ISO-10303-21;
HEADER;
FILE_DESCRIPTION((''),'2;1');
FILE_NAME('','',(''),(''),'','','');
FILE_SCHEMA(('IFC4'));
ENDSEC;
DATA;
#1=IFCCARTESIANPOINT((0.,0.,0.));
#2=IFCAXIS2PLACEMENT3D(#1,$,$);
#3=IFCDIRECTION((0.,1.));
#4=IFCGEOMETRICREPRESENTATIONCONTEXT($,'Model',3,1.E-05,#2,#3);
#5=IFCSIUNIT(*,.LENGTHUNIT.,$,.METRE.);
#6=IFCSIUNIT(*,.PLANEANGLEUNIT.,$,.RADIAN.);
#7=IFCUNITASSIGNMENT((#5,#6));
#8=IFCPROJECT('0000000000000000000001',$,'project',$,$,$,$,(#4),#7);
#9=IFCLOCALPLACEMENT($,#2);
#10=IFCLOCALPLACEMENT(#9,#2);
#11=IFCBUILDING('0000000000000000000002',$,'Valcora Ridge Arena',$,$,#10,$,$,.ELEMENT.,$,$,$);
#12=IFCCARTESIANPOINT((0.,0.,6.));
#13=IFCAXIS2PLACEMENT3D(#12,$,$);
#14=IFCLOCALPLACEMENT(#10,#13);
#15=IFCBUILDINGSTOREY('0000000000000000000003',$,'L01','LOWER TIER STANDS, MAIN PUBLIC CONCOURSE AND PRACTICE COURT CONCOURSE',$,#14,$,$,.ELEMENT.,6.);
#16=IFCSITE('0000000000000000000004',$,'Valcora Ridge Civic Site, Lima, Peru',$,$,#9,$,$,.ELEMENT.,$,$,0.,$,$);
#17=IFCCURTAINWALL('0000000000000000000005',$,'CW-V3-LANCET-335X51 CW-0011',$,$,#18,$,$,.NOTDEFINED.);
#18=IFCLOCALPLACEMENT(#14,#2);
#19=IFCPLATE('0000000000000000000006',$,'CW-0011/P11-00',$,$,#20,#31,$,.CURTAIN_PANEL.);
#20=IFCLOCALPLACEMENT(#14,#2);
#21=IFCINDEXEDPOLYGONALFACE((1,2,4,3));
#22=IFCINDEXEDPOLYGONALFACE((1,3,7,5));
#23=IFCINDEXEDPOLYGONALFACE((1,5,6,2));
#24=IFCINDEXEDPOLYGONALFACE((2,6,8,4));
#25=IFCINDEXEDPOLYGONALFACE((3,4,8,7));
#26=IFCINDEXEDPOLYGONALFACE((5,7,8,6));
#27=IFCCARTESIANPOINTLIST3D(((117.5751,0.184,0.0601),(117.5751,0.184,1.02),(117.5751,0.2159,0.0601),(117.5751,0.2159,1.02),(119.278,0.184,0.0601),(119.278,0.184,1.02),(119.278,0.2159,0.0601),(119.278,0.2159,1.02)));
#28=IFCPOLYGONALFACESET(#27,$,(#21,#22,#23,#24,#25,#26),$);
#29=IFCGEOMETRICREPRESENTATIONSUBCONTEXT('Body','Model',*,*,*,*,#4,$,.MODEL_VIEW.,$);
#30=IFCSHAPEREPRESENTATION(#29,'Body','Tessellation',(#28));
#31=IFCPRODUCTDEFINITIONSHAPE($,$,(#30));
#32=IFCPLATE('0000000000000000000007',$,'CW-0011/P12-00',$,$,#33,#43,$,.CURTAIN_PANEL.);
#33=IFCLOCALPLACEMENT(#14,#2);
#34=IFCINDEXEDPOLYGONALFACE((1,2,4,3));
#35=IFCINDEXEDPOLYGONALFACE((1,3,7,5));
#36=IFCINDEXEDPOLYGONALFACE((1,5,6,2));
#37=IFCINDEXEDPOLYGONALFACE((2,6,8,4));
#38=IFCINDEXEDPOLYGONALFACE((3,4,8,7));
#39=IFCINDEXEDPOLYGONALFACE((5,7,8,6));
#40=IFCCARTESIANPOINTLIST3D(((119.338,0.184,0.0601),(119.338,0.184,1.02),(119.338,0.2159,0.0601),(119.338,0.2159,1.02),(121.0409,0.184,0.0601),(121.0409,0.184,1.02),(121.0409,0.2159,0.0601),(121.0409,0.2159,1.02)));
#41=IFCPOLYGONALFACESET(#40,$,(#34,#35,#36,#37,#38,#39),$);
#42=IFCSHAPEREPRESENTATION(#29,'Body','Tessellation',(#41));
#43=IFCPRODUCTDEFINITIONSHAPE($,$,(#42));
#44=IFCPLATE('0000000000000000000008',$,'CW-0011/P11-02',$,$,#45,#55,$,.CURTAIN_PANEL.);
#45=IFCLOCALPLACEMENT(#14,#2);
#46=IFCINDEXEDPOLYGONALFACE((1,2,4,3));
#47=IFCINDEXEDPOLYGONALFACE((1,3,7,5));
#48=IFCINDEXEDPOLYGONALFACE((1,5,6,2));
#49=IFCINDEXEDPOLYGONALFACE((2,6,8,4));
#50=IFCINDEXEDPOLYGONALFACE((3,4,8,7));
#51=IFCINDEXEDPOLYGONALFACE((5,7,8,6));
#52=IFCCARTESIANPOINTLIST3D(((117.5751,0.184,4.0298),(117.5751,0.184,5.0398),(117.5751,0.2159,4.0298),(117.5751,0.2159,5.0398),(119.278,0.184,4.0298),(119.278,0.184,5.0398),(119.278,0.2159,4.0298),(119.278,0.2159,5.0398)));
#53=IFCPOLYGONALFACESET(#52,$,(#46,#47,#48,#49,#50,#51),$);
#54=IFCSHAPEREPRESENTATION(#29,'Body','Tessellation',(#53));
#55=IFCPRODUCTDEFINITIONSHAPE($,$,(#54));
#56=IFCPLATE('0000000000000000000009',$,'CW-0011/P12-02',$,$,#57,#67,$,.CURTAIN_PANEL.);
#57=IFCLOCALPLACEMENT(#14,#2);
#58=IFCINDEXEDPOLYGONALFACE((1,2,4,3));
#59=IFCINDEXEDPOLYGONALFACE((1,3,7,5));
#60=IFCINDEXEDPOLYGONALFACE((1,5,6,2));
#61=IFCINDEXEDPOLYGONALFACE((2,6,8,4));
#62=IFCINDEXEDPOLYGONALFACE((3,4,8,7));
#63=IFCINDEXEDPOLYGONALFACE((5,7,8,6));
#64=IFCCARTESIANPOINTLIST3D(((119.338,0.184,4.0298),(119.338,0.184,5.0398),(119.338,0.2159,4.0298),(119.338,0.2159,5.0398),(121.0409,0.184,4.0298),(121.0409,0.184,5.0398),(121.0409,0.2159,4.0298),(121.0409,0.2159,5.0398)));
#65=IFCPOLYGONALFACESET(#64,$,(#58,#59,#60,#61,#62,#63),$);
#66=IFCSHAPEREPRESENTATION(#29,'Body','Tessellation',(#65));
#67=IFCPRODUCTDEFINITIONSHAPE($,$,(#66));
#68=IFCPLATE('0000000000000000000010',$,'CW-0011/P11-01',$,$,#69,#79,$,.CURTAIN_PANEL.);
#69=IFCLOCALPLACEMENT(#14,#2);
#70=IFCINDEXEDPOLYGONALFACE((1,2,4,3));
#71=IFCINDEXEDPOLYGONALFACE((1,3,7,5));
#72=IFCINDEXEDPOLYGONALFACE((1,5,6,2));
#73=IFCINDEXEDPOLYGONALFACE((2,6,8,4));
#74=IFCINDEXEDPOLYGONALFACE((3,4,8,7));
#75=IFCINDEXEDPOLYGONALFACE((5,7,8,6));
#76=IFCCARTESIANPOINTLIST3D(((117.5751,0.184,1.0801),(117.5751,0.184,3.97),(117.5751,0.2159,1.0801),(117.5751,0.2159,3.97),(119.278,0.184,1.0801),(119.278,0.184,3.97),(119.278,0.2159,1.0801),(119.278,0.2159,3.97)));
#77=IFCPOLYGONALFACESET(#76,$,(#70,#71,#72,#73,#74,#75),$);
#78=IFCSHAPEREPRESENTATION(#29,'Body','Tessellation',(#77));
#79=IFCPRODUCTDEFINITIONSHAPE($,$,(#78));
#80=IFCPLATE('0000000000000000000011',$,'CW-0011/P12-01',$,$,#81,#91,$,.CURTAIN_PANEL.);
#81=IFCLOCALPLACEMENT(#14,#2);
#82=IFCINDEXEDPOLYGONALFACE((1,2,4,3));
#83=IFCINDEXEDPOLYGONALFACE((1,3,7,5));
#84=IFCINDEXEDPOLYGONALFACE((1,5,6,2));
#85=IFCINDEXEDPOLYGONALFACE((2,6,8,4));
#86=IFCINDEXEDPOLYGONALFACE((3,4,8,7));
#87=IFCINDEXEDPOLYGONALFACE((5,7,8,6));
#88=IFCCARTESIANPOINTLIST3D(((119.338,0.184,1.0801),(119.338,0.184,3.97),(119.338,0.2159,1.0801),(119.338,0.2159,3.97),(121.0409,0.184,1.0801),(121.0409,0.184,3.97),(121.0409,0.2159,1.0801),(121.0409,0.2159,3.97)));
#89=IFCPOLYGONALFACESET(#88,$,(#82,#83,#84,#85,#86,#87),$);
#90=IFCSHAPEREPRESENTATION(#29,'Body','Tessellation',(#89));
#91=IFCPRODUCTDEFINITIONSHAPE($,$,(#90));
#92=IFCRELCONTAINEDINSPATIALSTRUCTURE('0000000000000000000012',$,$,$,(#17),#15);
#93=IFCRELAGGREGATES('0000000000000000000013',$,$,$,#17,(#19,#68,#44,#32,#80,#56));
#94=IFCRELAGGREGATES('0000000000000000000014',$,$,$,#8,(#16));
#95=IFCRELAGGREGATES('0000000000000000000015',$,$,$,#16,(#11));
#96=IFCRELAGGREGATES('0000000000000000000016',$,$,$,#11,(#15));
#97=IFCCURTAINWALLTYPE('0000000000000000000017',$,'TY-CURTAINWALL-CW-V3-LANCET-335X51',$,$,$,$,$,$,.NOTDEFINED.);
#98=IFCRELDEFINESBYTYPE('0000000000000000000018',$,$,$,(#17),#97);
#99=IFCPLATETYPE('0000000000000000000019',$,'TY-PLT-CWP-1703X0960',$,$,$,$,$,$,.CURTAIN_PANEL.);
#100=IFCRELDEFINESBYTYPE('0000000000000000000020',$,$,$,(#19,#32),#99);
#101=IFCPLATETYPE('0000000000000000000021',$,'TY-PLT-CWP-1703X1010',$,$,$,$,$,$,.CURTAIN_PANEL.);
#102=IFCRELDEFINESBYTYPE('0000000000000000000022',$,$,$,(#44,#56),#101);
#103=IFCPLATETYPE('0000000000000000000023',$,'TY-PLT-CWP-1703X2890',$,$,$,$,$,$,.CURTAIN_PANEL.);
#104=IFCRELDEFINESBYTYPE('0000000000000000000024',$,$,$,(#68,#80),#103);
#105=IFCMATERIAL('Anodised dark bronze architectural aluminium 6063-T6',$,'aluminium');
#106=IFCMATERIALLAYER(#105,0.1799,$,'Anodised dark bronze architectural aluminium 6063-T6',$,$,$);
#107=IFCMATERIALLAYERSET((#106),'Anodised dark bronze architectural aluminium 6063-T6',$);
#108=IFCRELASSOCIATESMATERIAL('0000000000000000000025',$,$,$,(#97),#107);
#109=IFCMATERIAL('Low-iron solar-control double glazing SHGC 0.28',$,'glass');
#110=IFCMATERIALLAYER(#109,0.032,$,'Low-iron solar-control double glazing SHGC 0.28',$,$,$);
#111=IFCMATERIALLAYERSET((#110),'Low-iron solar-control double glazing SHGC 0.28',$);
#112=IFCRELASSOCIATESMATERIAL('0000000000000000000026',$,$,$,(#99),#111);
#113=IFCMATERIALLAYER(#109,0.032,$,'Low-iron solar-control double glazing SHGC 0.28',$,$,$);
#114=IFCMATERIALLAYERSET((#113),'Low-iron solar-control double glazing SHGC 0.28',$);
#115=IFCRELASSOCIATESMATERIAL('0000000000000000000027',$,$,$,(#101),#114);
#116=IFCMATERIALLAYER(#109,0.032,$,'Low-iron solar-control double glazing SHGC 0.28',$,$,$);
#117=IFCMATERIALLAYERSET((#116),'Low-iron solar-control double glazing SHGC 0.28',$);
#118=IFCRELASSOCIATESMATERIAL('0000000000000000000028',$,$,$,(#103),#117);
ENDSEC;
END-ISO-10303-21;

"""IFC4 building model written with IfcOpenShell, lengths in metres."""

from ifc_helpers import new_model, si_unit, direction, frame, origin, origin_2d, place, context, subcontext, project, spatial, rectangle, extrude, material, layer, layer_set, type_object, element, aggregate, save


model = new_model("IFC4")

# Units and contexts
model_context = context("Model", 3, precision=1e-05, world=origin(), true_north=direction((0.0, 1.0)))
body_context = subcontext(model_context, "Body", "Model", "MODEL_VIEW")
ifc_project = project(units=[si_unit("LENGTHUNIT", "METRE"), si_unit("PLANEANGLEUNIT", "RADIAN")], contexts=[model_context])

# Site, building, storey
site_placement = place(None, origin())
site = spatial("IfcSite", under=ifc_project, at=site_placement, Name="Valcora Ridge Civic Site, Lima, Peru", CompositionType="ELEMENT", RefElevation=0.0)
building_placement = place(site_placement, origin())
building = spatial("IfcBuilding", under=site, at=building_placement, Name="Valcora Ridge Arena", CompositionType="ELEMENT")
storey_placement = place(building_placement, frame((0.0, 0.0, 6.0)))
storey = spatial("IfcBuildingStorey", under=building, at=storey_placement, Name="L01", Description="LOWER TIER STANDS, MAIN PUBLIC CONCOURSE AND PRACTICE COURT CONCOURSE", CompositionType="ELEMENT", Elevation=6.0)

# Curtain wall, plates
ifc_material_1 = material(Name="Anodised dark bronze architectural aluminium 6063-T6", Category="aluminium")
ifc_layer_1 = layer(ifc_material_1, 0.1799, Name="Anodised dark bronze architectural aluminium 6063-T6")
ifc_layer_set_1 = layer_set([ifc_layer_1], Name="Anodised dark bronze architectural aluminium 6063-T6")
curtain_wall_type = type_object("IfcCurtainWallType", Name="TY-CURTAINWALL-CW-V3-LANCET-335X51", PredefinedType="NOTDEFINED", material=ifc_layer_set_1)
curtain_wall_placement = place(storey_placement, origin())
curtain_wall = element("IfcCurtainWall", 1, at=curtain_wall_placement, inside=storey, type_object=curtain_wall_type, Name="CW-V3-LANCET-335X51 CW-0011", PredefinedType="NOTDEFINED")
ifc_material_2 = material(Name="Low-iron solar-control double glazing SHGC 0.28", Category="glass")
ifc_layer_2 = layer(ifc_material_2, 0.032, Name="Low-iron solar-control double glazing SHGC 0.28")
ifc_layer_set_2 = layer_set([ifc_layer_2], Name="Low-iron solar-control double glazing SHGC 0.28")
plate_type_1 = type_object("IfcPlateType", Name="TY-PLT-CWP-1703X0960", PredefinedType="CURTAIN_PANEL", material=ifc_layer_set_2)
plate_1_placement = place(storey_placement, frame((118.4265, 0.2, 0.0601), z_axis=(0.0, 0.0, 1.0), x_axis=(1.0, 0.0, 0.0)))
plate_1 = element("IfcPlate", 2, at=plate_1_placement, type_object=plate_type_1, Name="CW-0011/P11-00", PredefinedType="CURTAIN_PANEL", context=body_context, shape_type="SweptSolid", body=[
    extrude(rectangle(XDim=1.7029, YDim=0.032, at=origin_2d()), origin(), (0.0, 0.0, 1.0), 0.96),
])
plate_2_placement = place(storey_placement, frame((120.1895, 0.2, 0.0601), z_axis=(0.0, 0.0, 1.0), x_axis=(1.0, 0.0, 0.0)))
plate_2 = element("IfcPlate", 3, at=plate_2_placement, type_object=plate_type_1, Name="CW-0011/P12-00", PredefinedType="CURTAIN_PANEL", context=body_context, shape_type="SweptSolid", body=[
    extrude(rectangle(XDim=1.7029, YDim=0.032, at=origin_2d()), origin(), (0.0, 0.0, 1.0), 0.96),
])
ifc_layer_3 = layer(ifc_material_2, 0.032, Name="Low-iron solar-control double glazing SHGC 0.28")
ifc_layer_set_3 = layer_set([ifc_layer_3], Name="Low-iron solar-control double glazing SHGC 0.28")
plate_type_2 = type_object("IfcPlateType", Name="TY-PLT-CWP-1703X1010", PredefinedType="CURTAIN_PANEL", material=ifc_layer_set_3)
plate_3_placement = place(storey_placement, frame((118.4265, 0.2, 4.0298), z_axis=(0.0, 0.0, 1.0), x_axis=(1.0, 0.0, 0.0)))
plate_3 = element("IfcPlate", 4, at=plate_3_placement, type_object=plate_type_2, Name="CW-0011/P11-02", PredefinedType="CURTAIN_PANEL", context=body_context, shape_type="SweptSolid", body=[
    extrude(rectangle(XDim=1.7029, YDim=0.032, at=origin_2d()), origin(), (0.0, 0.0, 1.0), 1.01),
])
plate_4_placement = place(storey_placement, frame((120.1895, 0.2, 4.0298), z_axis=(0.0, 0.0, 1.0), x_axis=(1.0, 0.0, 0.0)))
plate_4 = element("IfcPlate", 5, at=plate_4_placement, type_object=plate_type_2, Name="CW-0011/P12-02", PredefinedType="CURTAIN_PANEL", context=body_context, shape_type="SweptSolid", body=[
    extrude(rectangle(XDim=1.7029, YDim=0.032, at=origin_2d()), origin(), (0.0, 0.0, 1.0), 1.01),
])
ifc_layer_4 = layer(ifc_material_2, 0.032, Name="Low-iron solar-control double glazing SHGC 0.28")
ifc_layer_set_4 = layer_set([ifc_layer_4], Name="Low-iron solar-control double glazing SHGC 0.28")
plate_type_3 = type_object("IfcPlateType", Name="TY-PLT-CWP-1703X2890", PredefinedType="CURTAIN_PANEL", material=ifc_layer_set_4)
plate_5_placement = place(storey_placement, frame((118.4265, 0.2, 1.0801), z_axis=(0.0, 0.0, 1.0), x_axis=(1.0, 0.0, 0.0)))
plate_5 = element("IfcPlate", 6, at=plate_5_placement, type_object=plate_type_3, Name="CW-0011/P11-01", PredefinedType="CURTAIN_PANEL", context=body_context, shape_type="SweptSolid", body=[
    extrude(rectangle(XDim=1.7029, YDim=0.032, at=origin_2d()), origin(), (0.0, 0.0, 1.0), 2.8899),
])
plate_6_placement = place(storey_placement, frame((120.1895, 0.2, 1.0801), z_axis=(0.0, 0.0, 1.0), x_axis=(1.0, 0.0, 0.0)))
plate_6 = element("IfcPlate", 7, at=plate_6_placement, type_object=plate_type_3, Name="CW-0011/P12-01", PredefinedType="CURTAIN_PANEL", context=body_context, shape_type="SweptSolid", body=[
    extrude(rectangle(XDim=1.7029, YDim=0.032, at=origin_2d()), origin(), (0.0, 0.0, 1.0), 2.8899),
])
aggregate(curtain_wall, [plate_1, plate_5, plate_3, plate_2, plate_6, plate_4])

save(model, "model.ifc")
